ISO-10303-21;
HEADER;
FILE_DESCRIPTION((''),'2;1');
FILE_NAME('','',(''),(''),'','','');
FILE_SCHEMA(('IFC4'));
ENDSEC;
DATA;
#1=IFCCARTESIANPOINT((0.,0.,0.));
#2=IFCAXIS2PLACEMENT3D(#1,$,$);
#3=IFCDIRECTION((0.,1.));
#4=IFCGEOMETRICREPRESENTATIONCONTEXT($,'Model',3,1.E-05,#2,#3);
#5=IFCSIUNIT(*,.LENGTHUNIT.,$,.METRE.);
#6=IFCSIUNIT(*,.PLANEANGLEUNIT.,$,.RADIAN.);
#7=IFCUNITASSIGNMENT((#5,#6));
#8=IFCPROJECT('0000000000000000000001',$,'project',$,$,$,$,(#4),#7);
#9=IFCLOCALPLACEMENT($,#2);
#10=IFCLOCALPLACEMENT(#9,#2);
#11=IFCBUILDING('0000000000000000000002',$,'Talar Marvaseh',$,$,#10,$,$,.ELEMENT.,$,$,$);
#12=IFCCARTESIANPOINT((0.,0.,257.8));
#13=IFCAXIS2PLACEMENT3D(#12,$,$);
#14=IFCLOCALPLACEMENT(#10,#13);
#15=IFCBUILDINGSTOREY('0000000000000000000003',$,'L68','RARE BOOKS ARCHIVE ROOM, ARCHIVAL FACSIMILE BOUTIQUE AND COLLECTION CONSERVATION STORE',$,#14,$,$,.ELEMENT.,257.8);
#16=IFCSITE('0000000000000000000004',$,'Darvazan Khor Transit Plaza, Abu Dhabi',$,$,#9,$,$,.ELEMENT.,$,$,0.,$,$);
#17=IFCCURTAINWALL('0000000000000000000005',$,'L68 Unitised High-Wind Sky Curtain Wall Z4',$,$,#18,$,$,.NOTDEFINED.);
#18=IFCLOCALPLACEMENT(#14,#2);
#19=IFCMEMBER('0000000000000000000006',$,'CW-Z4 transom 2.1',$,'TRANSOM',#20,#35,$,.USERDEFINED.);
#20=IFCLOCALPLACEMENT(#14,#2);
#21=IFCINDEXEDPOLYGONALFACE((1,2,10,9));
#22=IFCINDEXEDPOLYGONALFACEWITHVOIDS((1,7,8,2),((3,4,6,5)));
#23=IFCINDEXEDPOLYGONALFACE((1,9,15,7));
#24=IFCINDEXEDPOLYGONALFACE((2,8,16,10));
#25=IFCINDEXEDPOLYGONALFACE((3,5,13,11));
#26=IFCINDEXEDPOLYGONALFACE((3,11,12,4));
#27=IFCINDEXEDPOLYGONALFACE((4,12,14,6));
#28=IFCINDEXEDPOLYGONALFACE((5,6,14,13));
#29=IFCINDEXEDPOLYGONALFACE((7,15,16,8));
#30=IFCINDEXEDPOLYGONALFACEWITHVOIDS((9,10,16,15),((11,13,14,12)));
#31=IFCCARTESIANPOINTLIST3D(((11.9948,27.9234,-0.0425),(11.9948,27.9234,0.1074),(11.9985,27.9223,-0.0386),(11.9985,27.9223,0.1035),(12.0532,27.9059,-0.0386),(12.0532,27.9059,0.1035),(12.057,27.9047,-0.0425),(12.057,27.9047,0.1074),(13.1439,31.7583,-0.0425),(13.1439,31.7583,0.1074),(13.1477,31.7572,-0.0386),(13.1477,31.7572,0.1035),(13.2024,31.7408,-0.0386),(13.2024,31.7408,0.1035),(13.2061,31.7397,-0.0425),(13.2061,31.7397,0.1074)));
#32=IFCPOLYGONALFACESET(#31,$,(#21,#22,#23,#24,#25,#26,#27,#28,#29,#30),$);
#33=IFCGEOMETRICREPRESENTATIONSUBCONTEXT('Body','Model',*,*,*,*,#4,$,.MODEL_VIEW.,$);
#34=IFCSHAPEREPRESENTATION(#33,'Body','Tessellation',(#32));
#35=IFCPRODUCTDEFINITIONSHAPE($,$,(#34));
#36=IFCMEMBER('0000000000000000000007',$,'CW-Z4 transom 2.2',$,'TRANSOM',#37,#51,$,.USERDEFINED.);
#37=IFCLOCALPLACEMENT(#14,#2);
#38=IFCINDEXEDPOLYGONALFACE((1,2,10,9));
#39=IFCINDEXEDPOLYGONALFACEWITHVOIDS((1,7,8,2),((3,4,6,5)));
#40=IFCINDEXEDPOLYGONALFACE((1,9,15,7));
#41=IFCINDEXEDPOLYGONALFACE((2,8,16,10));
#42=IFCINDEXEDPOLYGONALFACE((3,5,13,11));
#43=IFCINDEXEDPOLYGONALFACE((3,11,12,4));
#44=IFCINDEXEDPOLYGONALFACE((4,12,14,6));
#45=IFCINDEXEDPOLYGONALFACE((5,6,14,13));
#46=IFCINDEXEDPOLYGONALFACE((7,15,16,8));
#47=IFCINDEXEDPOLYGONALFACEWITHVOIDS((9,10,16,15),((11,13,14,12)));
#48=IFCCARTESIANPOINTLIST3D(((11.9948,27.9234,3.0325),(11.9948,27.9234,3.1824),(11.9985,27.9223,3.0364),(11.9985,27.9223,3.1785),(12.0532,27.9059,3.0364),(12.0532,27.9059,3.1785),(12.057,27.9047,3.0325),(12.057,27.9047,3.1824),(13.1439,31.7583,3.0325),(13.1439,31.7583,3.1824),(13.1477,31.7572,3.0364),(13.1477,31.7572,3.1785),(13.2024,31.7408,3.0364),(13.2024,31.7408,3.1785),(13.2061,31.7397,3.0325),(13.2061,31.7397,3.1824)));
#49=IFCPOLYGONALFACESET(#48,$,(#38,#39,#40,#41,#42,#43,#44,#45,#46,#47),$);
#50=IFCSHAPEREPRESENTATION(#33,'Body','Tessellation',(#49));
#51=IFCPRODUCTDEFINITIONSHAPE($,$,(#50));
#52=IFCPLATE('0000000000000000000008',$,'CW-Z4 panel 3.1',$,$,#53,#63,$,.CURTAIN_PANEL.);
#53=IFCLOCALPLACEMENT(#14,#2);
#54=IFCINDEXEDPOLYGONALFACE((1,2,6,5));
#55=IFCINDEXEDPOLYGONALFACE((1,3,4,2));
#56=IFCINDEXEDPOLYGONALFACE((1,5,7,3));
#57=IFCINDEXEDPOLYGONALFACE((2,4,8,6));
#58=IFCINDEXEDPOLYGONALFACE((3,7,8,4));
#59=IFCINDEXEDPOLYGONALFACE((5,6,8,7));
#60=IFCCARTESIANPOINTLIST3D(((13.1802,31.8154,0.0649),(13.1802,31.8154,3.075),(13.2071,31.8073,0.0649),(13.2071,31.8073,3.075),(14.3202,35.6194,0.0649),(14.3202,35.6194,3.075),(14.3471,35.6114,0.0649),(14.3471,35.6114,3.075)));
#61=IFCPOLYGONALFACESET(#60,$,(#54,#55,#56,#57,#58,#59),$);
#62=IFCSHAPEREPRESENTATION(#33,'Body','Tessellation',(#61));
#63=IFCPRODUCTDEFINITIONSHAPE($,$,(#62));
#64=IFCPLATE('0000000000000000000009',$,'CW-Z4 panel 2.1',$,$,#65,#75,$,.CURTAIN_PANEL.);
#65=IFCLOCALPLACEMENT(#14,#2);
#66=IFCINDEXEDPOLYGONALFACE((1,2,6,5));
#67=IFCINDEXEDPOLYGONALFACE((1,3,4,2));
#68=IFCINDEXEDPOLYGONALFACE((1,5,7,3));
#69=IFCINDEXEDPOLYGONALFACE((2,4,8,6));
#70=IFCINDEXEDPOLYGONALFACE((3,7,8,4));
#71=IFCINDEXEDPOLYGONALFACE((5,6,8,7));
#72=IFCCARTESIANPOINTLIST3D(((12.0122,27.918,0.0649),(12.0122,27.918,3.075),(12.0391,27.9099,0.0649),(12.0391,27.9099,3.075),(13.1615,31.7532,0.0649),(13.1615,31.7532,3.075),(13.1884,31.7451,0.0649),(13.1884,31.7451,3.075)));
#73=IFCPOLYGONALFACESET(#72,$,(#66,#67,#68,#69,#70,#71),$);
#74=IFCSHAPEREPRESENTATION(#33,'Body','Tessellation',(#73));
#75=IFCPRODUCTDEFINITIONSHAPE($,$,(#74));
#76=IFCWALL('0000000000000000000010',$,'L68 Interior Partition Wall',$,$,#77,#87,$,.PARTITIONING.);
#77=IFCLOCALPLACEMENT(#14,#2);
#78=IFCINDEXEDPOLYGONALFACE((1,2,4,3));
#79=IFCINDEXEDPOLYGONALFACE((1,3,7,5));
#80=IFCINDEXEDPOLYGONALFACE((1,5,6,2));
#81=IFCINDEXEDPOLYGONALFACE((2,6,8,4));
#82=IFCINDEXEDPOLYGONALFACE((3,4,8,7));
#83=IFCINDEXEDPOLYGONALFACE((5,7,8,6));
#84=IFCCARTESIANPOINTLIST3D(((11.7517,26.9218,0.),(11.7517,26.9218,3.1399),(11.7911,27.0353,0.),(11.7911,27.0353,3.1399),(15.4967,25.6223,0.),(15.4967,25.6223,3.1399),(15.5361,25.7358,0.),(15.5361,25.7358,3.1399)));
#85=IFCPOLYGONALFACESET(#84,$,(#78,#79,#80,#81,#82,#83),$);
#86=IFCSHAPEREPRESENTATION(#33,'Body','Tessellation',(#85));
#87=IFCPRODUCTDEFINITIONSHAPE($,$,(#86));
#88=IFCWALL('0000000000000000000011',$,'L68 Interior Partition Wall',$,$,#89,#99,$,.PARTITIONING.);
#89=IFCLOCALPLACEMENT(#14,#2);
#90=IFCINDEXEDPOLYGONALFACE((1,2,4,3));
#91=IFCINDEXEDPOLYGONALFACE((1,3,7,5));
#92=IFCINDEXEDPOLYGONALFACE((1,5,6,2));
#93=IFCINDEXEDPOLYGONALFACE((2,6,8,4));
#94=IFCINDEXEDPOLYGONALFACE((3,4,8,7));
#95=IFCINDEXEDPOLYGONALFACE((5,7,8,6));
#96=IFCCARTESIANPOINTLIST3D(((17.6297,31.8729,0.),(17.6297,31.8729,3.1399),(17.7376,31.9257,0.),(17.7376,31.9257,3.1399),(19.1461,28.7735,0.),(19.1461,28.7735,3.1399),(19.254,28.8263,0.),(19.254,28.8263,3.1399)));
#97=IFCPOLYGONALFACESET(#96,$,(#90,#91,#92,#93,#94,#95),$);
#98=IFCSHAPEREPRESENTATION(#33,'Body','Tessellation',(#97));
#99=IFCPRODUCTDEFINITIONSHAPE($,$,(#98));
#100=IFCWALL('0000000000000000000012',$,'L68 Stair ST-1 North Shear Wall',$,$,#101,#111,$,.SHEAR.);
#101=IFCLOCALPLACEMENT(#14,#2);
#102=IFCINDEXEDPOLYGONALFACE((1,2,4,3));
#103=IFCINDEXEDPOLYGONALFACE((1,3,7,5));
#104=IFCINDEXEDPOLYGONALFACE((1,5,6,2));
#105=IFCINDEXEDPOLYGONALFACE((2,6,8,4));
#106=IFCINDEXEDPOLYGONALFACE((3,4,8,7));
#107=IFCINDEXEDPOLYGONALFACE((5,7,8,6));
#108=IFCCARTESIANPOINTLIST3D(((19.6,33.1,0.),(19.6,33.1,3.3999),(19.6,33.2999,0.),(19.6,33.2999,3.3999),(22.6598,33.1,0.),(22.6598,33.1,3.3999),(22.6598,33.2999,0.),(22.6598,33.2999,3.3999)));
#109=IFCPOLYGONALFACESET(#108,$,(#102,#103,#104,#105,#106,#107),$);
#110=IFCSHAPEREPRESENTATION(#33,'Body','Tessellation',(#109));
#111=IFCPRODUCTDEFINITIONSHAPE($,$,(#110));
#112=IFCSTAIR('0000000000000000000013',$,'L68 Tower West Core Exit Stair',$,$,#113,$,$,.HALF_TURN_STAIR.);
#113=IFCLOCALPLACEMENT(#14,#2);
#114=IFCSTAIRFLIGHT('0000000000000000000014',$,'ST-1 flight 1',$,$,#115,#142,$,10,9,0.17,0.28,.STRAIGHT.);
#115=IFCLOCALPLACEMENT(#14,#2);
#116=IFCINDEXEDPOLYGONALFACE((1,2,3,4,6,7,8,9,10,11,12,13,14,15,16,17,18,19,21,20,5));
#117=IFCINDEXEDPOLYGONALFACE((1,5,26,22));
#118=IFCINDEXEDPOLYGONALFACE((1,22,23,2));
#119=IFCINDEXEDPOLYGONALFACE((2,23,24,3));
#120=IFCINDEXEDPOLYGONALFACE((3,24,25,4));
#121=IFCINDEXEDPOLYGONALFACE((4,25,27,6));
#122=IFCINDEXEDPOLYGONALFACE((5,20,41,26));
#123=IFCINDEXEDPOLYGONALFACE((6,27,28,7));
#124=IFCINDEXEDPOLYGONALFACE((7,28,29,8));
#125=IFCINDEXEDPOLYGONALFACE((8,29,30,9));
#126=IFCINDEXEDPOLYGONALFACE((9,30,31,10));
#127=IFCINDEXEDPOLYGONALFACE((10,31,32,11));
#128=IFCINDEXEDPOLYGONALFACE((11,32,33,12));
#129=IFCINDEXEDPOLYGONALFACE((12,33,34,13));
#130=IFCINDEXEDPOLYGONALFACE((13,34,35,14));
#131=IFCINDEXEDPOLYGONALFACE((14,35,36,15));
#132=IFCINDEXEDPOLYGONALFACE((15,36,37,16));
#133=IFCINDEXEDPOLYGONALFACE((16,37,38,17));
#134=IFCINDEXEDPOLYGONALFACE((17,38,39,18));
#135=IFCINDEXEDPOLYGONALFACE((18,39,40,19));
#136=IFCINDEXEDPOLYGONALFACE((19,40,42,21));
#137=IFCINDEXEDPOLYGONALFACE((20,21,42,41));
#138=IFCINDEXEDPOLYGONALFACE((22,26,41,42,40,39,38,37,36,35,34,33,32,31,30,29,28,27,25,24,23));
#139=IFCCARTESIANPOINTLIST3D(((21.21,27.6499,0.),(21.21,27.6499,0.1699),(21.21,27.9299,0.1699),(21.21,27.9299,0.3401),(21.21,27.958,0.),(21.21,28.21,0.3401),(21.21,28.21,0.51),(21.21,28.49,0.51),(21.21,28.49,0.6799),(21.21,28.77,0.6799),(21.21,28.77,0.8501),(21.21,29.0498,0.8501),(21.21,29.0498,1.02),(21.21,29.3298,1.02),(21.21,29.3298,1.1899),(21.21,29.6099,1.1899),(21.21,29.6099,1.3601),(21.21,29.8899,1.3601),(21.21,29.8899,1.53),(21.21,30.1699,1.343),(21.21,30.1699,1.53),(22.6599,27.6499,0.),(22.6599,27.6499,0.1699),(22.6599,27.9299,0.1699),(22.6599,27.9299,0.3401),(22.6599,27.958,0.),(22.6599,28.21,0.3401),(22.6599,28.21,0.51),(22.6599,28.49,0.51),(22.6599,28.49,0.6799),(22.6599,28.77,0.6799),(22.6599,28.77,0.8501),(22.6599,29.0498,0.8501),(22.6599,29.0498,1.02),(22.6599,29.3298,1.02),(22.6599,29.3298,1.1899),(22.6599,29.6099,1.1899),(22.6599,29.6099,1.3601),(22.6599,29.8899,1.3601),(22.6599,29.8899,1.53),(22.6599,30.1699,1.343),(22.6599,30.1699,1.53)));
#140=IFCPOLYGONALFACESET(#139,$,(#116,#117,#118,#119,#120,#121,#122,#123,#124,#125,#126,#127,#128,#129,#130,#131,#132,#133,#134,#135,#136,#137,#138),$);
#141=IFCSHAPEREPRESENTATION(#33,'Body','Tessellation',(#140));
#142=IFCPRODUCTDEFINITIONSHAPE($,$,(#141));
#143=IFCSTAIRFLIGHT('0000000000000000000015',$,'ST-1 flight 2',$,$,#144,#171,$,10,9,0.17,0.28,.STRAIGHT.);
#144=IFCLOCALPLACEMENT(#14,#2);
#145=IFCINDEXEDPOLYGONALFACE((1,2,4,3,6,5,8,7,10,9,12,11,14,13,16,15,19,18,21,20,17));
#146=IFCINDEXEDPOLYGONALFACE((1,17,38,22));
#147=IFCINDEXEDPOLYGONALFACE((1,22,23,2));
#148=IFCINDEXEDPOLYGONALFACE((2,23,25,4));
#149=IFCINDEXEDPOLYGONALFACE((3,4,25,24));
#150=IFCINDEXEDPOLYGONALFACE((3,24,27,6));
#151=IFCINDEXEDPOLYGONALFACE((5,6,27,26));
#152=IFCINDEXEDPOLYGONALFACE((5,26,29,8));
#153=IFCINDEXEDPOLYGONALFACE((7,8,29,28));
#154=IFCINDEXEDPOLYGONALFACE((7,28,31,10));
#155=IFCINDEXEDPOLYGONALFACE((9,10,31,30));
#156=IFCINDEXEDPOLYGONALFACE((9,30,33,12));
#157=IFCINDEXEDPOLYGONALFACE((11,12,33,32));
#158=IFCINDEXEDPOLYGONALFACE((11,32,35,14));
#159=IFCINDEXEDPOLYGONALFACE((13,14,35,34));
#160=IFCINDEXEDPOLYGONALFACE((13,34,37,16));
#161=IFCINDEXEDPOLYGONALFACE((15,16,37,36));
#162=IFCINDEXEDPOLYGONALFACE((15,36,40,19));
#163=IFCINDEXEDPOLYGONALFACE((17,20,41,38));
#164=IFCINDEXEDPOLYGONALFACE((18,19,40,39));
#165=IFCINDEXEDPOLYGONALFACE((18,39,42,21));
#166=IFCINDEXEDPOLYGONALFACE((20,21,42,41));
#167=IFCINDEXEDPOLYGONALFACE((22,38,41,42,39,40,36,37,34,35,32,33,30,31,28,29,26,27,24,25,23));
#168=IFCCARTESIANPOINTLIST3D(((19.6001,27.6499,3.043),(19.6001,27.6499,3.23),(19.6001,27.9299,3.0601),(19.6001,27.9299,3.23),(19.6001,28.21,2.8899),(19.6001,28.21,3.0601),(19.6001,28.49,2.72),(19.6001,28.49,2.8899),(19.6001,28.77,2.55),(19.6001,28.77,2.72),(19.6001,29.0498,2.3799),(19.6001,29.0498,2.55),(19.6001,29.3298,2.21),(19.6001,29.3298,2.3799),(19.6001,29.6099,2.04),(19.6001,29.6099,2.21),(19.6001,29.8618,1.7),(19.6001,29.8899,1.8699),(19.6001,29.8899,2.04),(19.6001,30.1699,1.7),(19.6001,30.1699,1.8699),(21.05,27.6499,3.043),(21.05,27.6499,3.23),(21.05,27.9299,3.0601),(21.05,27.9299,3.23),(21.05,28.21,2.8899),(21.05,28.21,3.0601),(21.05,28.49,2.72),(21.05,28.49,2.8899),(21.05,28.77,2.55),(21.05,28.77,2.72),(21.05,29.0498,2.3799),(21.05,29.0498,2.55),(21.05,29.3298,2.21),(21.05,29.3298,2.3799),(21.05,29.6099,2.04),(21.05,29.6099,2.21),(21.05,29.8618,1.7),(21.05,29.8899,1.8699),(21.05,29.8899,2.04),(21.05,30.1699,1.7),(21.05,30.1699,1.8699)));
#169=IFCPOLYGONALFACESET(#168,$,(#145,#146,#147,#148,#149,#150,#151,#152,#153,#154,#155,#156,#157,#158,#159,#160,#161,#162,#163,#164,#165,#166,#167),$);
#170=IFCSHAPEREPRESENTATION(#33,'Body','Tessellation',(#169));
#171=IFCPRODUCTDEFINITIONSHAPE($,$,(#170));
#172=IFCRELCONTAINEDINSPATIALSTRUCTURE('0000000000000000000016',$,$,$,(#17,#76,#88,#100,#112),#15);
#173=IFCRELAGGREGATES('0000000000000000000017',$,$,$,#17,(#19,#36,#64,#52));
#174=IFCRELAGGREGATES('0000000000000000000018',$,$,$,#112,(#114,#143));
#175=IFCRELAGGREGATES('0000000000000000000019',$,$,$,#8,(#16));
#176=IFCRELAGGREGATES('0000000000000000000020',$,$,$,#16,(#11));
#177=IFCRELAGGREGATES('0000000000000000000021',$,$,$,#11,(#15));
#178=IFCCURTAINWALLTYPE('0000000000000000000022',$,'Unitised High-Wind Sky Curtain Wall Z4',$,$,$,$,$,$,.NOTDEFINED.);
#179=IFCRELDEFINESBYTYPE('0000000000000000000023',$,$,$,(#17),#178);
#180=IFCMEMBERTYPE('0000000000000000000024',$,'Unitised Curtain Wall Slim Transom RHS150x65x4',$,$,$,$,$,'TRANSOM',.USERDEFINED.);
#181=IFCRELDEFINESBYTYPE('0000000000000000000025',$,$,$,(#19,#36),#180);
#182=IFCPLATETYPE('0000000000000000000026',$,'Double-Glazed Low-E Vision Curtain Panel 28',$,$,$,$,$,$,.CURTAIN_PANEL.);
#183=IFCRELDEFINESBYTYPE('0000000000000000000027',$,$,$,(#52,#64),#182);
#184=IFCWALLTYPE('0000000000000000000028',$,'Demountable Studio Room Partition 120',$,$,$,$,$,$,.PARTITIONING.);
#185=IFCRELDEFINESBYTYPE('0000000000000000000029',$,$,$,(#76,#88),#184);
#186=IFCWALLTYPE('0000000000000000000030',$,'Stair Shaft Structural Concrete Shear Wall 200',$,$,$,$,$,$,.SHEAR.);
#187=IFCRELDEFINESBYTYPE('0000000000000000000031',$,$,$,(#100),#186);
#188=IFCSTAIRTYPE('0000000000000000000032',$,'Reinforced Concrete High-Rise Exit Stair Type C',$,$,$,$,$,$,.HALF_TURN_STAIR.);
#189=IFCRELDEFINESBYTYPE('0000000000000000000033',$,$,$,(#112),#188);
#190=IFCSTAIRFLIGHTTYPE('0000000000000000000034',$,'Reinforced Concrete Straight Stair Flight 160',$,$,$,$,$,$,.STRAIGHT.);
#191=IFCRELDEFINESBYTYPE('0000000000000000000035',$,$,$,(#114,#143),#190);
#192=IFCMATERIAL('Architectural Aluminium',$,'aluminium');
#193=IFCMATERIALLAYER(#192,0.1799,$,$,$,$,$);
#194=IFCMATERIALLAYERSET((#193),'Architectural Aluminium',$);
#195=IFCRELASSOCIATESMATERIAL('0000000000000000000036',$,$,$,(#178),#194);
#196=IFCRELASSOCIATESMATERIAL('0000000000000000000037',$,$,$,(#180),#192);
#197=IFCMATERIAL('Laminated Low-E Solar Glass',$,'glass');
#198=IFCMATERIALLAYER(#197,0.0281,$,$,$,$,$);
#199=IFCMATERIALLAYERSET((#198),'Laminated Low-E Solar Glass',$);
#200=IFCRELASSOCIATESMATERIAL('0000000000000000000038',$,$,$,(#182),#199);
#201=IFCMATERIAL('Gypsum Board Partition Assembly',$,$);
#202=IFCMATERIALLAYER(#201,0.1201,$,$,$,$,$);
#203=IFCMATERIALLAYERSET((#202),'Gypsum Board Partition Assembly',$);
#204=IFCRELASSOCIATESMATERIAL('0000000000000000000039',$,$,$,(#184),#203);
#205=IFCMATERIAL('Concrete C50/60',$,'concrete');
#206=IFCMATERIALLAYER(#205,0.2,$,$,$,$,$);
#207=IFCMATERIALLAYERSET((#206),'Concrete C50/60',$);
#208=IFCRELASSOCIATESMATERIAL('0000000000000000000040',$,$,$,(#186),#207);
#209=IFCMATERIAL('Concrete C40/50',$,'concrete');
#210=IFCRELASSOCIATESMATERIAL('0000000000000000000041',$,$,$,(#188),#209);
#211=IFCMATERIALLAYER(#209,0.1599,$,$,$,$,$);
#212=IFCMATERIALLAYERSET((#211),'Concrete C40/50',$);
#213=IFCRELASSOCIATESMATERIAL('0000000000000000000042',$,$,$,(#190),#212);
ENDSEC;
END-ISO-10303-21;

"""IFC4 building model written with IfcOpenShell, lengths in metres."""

from ifc_helpers import new_model, si_unit, direction, frame, frame_2d, origin, origin_2d, place, context, subcontext, project, spatial, polyline, rectangle, hollow_rectangle, outline, extrude, source, transform, mapped, material, layer, layer_set, material_profile, profile_set, type_object, type_shapes, element, aggregate, save


model = new_model("IFC4")

# Units and contexts
model_context = context("Model", 3, precision=1e-05, world=origin(), true_north=direction((0.0, 1.0)))
body_context = subcontext(model_context, "Body", "Model", "MODEL_VIEW")
ifc_project = project(units=[si_unit("LENGTHUNIT", "METRE"), si_unit("PLANEANGLEUNIT", "RADIAN")], contexts=[model_context])

# Site, building, storey
site_placement = place(None, origin())
site = spatial("IfcSite", under=ifc_project, at=site_placement, Name="Darvazan Khor Transit Plaza, Abu Dhabi", CompositionType="ELEMENT", RefElevation=0.0)
building_placement = place(site_placement, origin())
building = spatial("IfcBuilding", under=site, at=building_placement, Name="Talar Marvaseh", CompositionType="ELEMENT")
storey_placement = place(building_placement, frame((0.0, 0.0, 257.8)))
storey = spatial("IfcBuildingStorey", under=building, at=storey_placement, Name="L68", Description="RARE BOOKS ARCHIVE ROOM, ARCHIVAL FACSIMILE BOUTIQUE AND COLLECTION CONSERVATION STORE", CompositionType="ELEMENT", Elevation=257.8)

# Shared definitions
ifc_material_1 = material(Name="Concrete C50/60", Category="concrete")

# Curtain wall, members, plates
ifc_material_2 = material(Name="Architectural Aluminium", Category="aluminium")
ifc_layer_1 = layer(ifc_material_2, 0.1799)
ifc_layer_set_1 = layer_set([ifc_layer_1], Name="Architectural Aluminium")
curtain_wall_type = type_object("IfcCurtainWallType", Name="Unitised High-Wind Sky Curtain Wall Z4", PredefinedType="NOTDEFINED", material=ifc_layer_set_1)
curtain_wall_placement = place(storey_placement, origin())
curtain_wall = element("IfcCurtainWall", 1, at=curtain_wall_placement, inside=storey, type_object=curtain_wall_type, Name="L68 Unitised High-Wind Sky Curtain Wall Z4", PredefinedType="NOTDEFINED")
ifc_material_profile_1 = material_profile(ifc_material_2, hollow_rectangle(XDim=0.0649, YDim=0.1499, WallThickness=0.0039, at=origin_2d()), Name="RHS150x65x4")
ifc_profile_set_1 = profile_set([ifc_material_profile_1], Name="Architectural Aluminium")
member_type_1 = type_object("IfcMemberType", Name="Unitised Curtain Wall Slim Transom RHS150x65x4", ElementType="TRANSOM", PredefinedType="USERDEFINED", material=ifc_profile_set_1)
shared_shape_1 = source(origin(), body_context, "Body", "SweptSolid", [
    extrude(hollow_rectangle(XDim=0.0649, YDim=0.1499, WallThickness=0.0039, at=origin_2d()), origin(), (0.0, 0.0, 1.0), 4.0034),
])
member_1_placement = place(storey_placement, frame((12.0259, 27.9141, 0.0325), z_axis=(0.287046, 0.957917, 0.0), x_axis=(-0.957917, 0.287046, 0.0)))
member_1 = element("IfcMember", 2, at=member_1_placement, type_object=member_type_1, Name="CW-Z4 transom 2.1", ObjectType="TRANSOM", PredefinedType="USERDEFINED", context=body_context, shape_type="MappedRepresentation", body=[
    mapped(shared_shape_1, transform((0.0, 0.0, 0.0), x_axis=(1.0, 0.0, 0.0), y_axis=(0.0, 1.0, 0.0), z_axis=(0.0, 0.0, 1.0), scale=1.0)),
])
member_2_placement = place(storey_placement, frame((12.0259, 27.9141, 3.1074), z_axis=(0.287046, 0.957917, 0.0), x_axis=(-0.957917, 0.287046, 0.0)))
member_2 = element("IfcMember", 3, at=member_2_placement, type_object=member_type_1, Name="CW-Z4 transom 2.2", ObjectType="TRANSOM", PredefinedType="USERDEFINED", context=body_context, shape_type="MappedRepresentation", body=[
    mapped(shared_shape_1, transform((0.0, 0.0, 0.0), x_axis=(1.0, 0.0, 0.0), y_axis=(0.0, 1.0, 0.0), z_axis=(0.0, 0.0, 1.0), scale=1.0)),
])
ifc_material_3 = material(Name="Laminated Low-E Solar Glass", Category="glass")
ifc_layer_2 = layer(ifc_material_3, 0.0281)
ifc_layer_set_2 = layer_set([ifc_layer_2], Name="Laminated Low-E Solar Glass")
plate_type = type_object("IfcPlateType", Name="Double-Glazed Low-E Vision Curtain Panel 28", PredefinedType="CURTAIN_PANEL", material=ifc_layer_set_2)
shared_shape_2 = source(origin(), body_context, "Body", "SweptSolid", [
    extrude(rectangle(XDim=3.9712, YDim=0.0281, at=origin_2d()), origin(), (0.0, 0.0, 1.0), 3.01),
])
plate_1_placement = place(storey_placement, frame((13.7637, 33.7134, 0.0649), z_axis=(0.0, 0.0, 1.0), x_axis=(0.287063, 0.957912, 0.0)))
plate_1 = element("IfcPlate", 4, at=plate_1_placement, type_object=plate_type, Name="CW-Z4 panel 3.1", PredefinedType="CURTAIN_PANEL", context=body_context, shape_type="MappedRepresentation", body=[
    mapped(shared_shape_2, transform((0.0, 0.0, 0.0), x_axis=(1.0, 0.0, 0.0), y_axis=(0.0, 1.0, 0.0), z_axis=(0.0, 0.0, 1.0), scale=1.0)),
])
shared_shape_3 = source(origin(), body_context, "Body", "SweptSolid", [
    extrude(rectangle(XDim=4.0037, YDim=0.0281, at=origin_2d()), origin(), (0.0, 0.0, 1.0), 3.01),
])
type_shapes(plate_type, [shared_shape_2, shared_shape_3])
plate_2_placement = place(storey_placement, frame((12.6003, 29.8315, 0.0649), z_axis=(0.0, 0.0, 1.0), x_axis=(0.287063, 0.957912, 0.0)))
plate_2 = element("IfcPlate", 5, at=plate_2_placement, type_object=plate_type, Name="CW-Z4 panel 2.1", PredefinedType="CURTAIN_PANEL", context=body_context, shape_type="MappedRepresentation", body=[
    mapped(shared_shape_3, transform((0.0, 0.0, 0.0), x_axis=(1.0, 0.0, 0.0), y_axis=(0.0, 1.0, 0.0), z_axis=(0.0, 0.0, 1.0), scale=1.0)),
])
aggregate(curtain_wall, [member_1, member_2, plate_2, plate_1])

# Walls
ifc_material_4 = material(Name="Gypsum Board Partition Assembly")
ifc_layer_3 = layer(ifc_material_4, 0.1201)
ifc_layer_set_3 = layer_set([ifc_layer_3], Name="Gypsum Board Partition Assembly")
wall_type_1 = type_object("IfcWallType", Name="Demountable Studio Room Partition 120", PredefinedType="PARTITIONING", material=ifc_layer_set_3)
wall_1_placement = place(storey_placement, frame((11.7715, 26.9785, 0.0), z_axis=(0.0, 0.0, 1.0), x_axis=(0.944738, -0.327825, 0.0)))
element("IfcWall", 6, at=wall_1_placement, inside=storey, type_object=wall_type_1, Name="L68 Interior Partition Wall", PredefinedType="PARTITIONING", context=body_context, shape_type="SweptSolid", body=[
    extrude(rectangle(XDim=3.9641, YDim=0.1201, at=frame_2d((1.9819, 0.0))), origin(), (0.0, 0.0, 1.0), 3.1399),
])
wall_2_placement = place(storey_placement, frame((19.2, 28.8, 0.0), z_axis=(0.0, 0.0, 1.0), x_axis=(-0.43947, 0.898257, 0.0)))
element("IfcWall", 7, at=wall_2_placement, inside=storey, type_object=wall_type_1, Name="L68 Interior Partition Wall", PredefinedType="PARTITIONING", context=body_context, shape_type="SweptSolid", body=[
    extrude(rectangle(XDim=3.4504, YDim=0.1201, at=frame_2d((1.7251, 0.0))), origin(), (0.0, 0.0, 1.0), 3.1399),
])
ifc_layer_4 = layer(ifc_material_1, 0.2)
ifc_layer_set_4 = layer_set([ifc_layer_4], Name="Concrete C50/60")
wall_type_2 = type_object("IfcWallType", Name="Stair Shaft Structural Concrete Shear Wall 200", PredefinedType="SHEAR", material=ifc_layer_set_4)
wall_3_placement = place(storey_placement, frame((19.6001, 33.2, 0.0), z_axis=(0.0, 0.0, 1.0), x_axis=(1.0, 0.0, 0.0)))
element("IfcWall", 8, at=wall_3_placement, inside=storey, type_object=wall_type_2, Name="L68 Stair ST-1 North Shear Wall", PredefinedType="SHEAR", context=body_context, shape_type="SweptSolid", body=[
    extrude(rectangle(XDim=3.0598, YDim=0.2, at=frame_2d((1.5298, 0.0))), origin(), (0.0, 0.0, 1.0), 3.3999),
])

# Stair, stair flights
ifc_material_5 = material(Name="Concrete C40/50", Category="concrete")
stair_type = type_object("IfcStairType", Name="Reinforced Concrete High-Rise Exit Stair Type C", PredefinedType="HALF_TURN_STAIR", material=ifc_material_5)
stair_placement = place(storey_placement, origin())
stair = element("IfcStair", 9, at=stair_placement, inside=storey, type_object=stair_type, Name="L68 Tower West Core Exit Stair", PredefinedType="HALF_TURN_STAIR")
ifc_layer_5 = layer(ifc_material_5, 0.1599)
ifc_layer_set_5 = layer_set([ifc_layer_5], Name="Concrete C40/50")
stair_flight_type = type_object("IfcStairFlightType", Name="Reinforced Concrete Straight Stair Flight 160", PredefinedType="STRAIGHT", material=ifc_layer_set_5)
stair_flight_1_placement = place(storey_placement, frame((21.9351, 27.6499, 0.0), z_axis=(0.0, 0.0, 1.0), x_axis=(0.0, 1.0, 0.0)))
stair_flight_1 = element("IfcStairFlight", 10, at=stair_flight_1_placement, type_object=stair_flight_type, Name="ST-1 flight 1", NumberOfRisers=10, NumberOfTreads=9, PredefinedType="STRAIGHT", RiserHeight=0.17, TreadLength=0.28, context=body_context, shape_type="SweptSolid", body=[
    extrude(outline(polyline([(0.0, 0.0), (0.0, 0.1699), (0.28, 0.1699), (0.28, 0.3401), (0.5601, 0.3401), (0.5601, 0.51), (0.8401, 0.51), (0.8401, 0.6799), (1.1201, 0.6799), (1.1201, 0.8501), (1.3999, 0.8501), (1.3999, 1.02), (1.6799, 1.02), (1.6799, 1.1899), (1.96, 1.1899), (1.96, 1.3601), (2.24, 1.3601), (2.24, 1.53), (2.52, 1.53), (2.52, 1.7), (2.52, 1.343), (0.3081, 0.0), (0.0, 0.0)])), frame((0.0, 0.7251, 0.0), z_axis=(0.0, -1.0, 0.0), x_axis=(1.0, 0.0, 0.0)), (0.0, 0.0, 1.0), 1.45),
])
stair_flight_2_placement = place(storey_placement, frame((20.325, 30.1699, 1.7), z_axis=(0.0, 0.0, 1.0), x_axis=(0.0, -1.0, 0.0)))
stair_flight_2 = element("IfcStairFlight", 11, at=stair_flight_2_placement, type_object=stair_flight_type, Name="ST-1 flight 2", NumberOfRisers=10, NumberOfTreads=9, PredefinedType="STRAIGHT", RiserHeight=0.17, TreadLength=0.28, context=body_context, shape_type="SweptSolid", body=[
    extrude(outline(polyline([(0.0, 0.0), (0.0, 0.1699), (0.28, 0.1699), (0.28, 0.3401), (0.5601, 0.3401), (0.5601, 0.51), (0.8401, 0.51), (0.8401, 0.6799), (1.1201, 0.6799), (1.1201, 0.8501), (1.3999, 0.8501), (1.3999, 1.02), (1.6799, 1.02), (1.6799, 1.1899), (1.96, 1.1899), (1.96, 1.3601), (2.24, 1.3601), (2.24, 1.53), (2.52, 1.53), (2.52, 1.7), (2.52, 1.343), (0.3081, 0.0), (0.0, 0.0)])), frame((0.0, 0.7251, 0.0), z_axis=(0.0, -1.0, 0.0), x_axis=(1.0, 0.0, 0.0)), (0.0, 0.0, 1.0), 1.45),
])
aggregate(stair, [stair_flight_1, stair_flight_2])

save(model, "model.ifc")
